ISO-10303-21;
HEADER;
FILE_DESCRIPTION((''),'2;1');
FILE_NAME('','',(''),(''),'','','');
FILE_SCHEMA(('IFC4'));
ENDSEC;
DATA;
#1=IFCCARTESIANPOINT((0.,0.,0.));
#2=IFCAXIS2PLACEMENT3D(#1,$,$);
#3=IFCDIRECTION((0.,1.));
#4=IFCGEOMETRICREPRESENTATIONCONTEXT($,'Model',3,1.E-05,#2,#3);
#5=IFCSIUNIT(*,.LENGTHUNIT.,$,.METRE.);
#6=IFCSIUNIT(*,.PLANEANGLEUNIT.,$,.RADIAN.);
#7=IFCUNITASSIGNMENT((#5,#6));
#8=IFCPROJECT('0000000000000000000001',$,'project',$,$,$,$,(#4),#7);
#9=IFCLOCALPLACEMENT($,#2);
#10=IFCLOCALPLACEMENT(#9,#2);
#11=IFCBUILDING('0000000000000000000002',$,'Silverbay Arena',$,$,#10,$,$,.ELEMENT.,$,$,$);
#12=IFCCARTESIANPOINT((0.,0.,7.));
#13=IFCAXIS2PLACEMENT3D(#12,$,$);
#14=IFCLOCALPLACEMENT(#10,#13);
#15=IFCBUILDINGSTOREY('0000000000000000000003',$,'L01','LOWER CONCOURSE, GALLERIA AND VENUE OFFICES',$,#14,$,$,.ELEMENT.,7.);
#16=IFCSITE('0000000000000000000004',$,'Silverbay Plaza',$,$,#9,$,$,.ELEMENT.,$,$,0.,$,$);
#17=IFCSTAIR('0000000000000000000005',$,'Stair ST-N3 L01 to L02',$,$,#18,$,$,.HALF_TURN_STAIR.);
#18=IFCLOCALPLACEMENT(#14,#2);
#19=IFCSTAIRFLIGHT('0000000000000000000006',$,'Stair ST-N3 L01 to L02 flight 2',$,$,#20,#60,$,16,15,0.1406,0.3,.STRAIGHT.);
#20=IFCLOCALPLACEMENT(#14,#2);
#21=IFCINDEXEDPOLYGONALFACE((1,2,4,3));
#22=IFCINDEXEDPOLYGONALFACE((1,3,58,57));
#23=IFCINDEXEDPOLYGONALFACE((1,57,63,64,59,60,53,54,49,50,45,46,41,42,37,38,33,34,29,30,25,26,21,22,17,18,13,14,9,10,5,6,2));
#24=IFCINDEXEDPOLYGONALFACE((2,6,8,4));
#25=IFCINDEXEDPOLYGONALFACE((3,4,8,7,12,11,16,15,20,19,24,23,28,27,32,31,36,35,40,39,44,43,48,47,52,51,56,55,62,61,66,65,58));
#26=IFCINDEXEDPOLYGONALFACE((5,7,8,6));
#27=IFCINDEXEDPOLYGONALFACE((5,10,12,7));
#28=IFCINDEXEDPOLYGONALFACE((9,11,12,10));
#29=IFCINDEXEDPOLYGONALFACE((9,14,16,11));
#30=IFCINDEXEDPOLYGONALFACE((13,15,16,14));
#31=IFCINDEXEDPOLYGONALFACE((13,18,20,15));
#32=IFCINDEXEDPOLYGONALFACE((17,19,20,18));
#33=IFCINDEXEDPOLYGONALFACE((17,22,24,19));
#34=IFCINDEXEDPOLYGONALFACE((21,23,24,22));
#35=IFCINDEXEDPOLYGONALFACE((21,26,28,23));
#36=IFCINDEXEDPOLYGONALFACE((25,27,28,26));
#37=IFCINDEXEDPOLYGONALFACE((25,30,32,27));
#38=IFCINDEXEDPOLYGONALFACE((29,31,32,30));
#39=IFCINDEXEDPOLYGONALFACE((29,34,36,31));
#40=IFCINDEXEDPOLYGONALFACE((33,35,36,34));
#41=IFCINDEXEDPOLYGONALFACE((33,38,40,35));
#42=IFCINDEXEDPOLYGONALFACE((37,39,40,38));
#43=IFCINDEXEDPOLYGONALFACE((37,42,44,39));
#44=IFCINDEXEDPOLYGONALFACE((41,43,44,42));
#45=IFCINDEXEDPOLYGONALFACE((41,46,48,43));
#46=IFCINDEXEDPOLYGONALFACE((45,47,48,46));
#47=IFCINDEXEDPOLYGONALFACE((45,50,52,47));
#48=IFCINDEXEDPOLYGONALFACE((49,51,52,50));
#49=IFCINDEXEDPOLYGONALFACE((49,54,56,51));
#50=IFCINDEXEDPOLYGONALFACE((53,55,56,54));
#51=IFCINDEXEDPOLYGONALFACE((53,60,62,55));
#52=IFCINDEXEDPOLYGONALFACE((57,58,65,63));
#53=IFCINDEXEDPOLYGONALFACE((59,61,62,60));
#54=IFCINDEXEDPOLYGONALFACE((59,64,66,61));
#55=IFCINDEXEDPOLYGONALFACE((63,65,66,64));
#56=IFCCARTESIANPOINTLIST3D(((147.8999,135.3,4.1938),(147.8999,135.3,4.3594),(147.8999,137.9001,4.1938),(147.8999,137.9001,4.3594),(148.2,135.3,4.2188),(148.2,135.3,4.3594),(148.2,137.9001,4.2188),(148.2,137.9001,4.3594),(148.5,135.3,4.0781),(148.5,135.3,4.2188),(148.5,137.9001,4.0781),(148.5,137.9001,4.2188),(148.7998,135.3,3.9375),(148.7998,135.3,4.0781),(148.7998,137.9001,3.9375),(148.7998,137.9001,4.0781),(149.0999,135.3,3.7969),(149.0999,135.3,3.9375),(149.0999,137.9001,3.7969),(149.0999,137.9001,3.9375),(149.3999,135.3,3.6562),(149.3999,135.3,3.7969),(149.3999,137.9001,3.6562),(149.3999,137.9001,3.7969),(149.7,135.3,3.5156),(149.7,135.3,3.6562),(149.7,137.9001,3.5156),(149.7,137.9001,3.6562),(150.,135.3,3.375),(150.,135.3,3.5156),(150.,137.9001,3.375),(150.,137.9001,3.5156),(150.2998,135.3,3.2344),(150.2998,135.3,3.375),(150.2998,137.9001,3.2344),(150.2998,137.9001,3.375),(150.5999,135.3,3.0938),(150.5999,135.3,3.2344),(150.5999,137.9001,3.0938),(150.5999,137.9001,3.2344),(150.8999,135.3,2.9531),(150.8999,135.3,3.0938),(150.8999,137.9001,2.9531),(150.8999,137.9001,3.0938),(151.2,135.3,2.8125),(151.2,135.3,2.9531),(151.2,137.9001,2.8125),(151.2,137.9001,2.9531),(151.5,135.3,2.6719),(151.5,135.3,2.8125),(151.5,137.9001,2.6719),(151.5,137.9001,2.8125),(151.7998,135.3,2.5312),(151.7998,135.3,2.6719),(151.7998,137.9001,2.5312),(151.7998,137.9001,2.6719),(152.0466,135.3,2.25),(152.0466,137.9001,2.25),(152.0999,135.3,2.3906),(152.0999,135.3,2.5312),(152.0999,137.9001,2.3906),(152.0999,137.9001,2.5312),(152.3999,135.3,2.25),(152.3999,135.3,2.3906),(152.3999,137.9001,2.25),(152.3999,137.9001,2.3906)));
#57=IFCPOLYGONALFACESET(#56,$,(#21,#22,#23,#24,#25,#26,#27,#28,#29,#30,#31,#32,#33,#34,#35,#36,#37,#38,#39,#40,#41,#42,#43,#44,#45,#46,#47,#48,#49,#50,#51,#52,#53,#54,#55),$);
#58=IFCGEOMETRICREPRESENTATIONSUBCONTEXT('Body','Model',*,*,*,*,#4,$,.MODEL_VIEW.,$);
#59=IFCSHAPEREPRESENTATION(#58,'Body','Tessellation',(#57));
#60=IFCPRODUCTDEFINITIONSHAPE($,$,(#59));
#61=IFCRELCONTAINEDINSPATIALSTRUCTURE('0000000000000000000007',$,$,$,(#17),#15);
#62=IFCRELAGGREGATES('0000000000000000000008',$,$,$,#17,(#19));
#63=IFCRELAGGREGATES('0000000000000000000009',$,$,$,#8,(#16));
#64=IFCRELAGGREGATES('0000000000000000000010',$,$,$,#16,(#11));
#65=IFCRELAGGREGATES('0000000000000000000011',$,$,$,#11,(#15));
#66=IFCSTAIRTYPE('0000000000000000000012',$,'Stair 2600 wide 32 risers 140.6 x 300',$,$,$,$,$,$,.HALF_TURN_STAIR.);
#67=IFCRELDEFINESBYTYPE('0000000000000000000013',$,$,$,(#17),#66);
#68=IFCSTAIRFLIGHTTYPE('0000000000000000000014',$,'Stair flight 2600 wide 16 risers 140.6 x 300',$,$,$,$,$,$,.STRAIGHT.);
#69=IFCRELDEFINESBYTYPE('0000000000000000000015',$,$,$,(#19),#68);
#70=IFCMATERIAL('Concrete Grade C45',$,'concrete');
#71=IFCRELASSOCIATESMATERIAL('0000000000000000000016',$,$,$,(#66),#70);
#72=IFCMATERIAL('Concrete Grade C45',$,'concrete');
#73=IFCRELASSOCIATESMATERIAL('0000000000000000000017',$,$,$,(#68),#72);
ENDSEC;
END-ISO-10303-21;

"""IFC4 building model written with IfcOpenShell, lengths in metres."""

from ifc_helpers import new_model, si_unit, direction, frame, origin, place, context, subcontext, project, spatial, polyline, outline, extrude, material, type_object, element, aggregate, save


model = new_model("IFC4")

# Units and contexts
model_context = context("Model", 3, precision=1e-05, world=origin(), true_north=direction((0.0, 1.0)))
body_context = subcontext(model_context, "Body", "Model", "MODEL_VIEW")
ifc_project = project(units=[si_unit("LENGTHUNIT", "METRE"), si_unit("PLANEANGLEUNIT", "RADIAN")], contexts=[model_context])

# Site, building, storey
site_placement = place(None, origin())
site = spatial("IfcSite", under=ifc_project, at=site_placement, Name="Silverbay Plaza", CompositionType="ELEMENT", RefElevation=0.0)
building_placement = place(site_placement, origin())
building = spatial("IfcBuilding", under=site, at=building_placement, Name="Silverbay Arena", CompositionType="ELEMENT")
storey_placement = place(building_placement, frame((0.0, 0.0, 7.0)))
storey = spatial("IfcBuildingStorey", under=building, at=storey_placement, Name="L01", Description="LOWER CONCOURSE, GALLERIA AND VENUE OFFICES", CompositionType="ELEMENT", Elevation=7.0)

# Stair, stair flight
ifc_material_1 = material(Name="Concrete Grade C45", Category="concrete")
stair_type = type_object("IfcStairType", Name="Stair 2600 wide 32 risers 140.6 x 300", PredefinedType="HALF_TURN_STAIR", material=ifc_material_1)
stair_placement = place(storey_placement, origin())
stair = element("IfcStair", 1, at=stair_placement, inside=storey, type_object=stair_type, Name="Stair ST-N3 L01 to L02", PredefinedType="HALF_TURN_STAIR")
ifc_material_2 = material(Name="Concrete Grade C45", Category="concrete")
stair_flight_type = type_object("IfcStairFlightType", Name="Stair flight 2600 wide 16 risers 140.6 x 300", PredefinedType="STRAIGHT", material=ifc_material_2)
stair_flight_1_placement = place(storey_placement, frame((152.3999, 136.6001, 2.25), z_axis=(0.0, 0.0, 1.0), x_axis=(-1.0, 0.0, 0.0)))
stair_flight_1 = element("IfcStairFlight", 2, at=stair_flight_1_placement, type_object=stair_flight_type, Name="Stair ST-N3 L01 to L02 flight 2", NumberOfRisers=16, NumberOfTreads=15, PredefinedType="STRAIGHT", RiserHeight=0.1406, TreadLength=0.3, context=body_context, shape_type="SweptSolid", body=[
    extrude(outline(polyline([(0.0, 0.0), (0.0, 0.1406), (0.3, 0.1406), (0.3, 0.2812), (0.6001, 0.2812), (0.6001, 0.4219), (0.8999, 0.4219), (0.8999, 0.5625), (1.2, 0.5625), (1.2, 0.7031), (1.5, 0.7031), (1.5, 0.8438), (1.8, 0.8438), (1.8, 0.9844), (2.1001, 0.9844), (2.1001, 1.125), (2.3999, 1.125), (2.3999, 1.2656), (2.7, 1.2656), (2.7, 1.4062), (3.0, 1.4062), (3.0, 1.5469), (3.3, 1.5469), (3.3, 1.6875), (3.6001, 1.6875), (3.6001, 1.8281), (3.8999, 1.8281), (3.8999, 1.9688), (4.2, 1.9688), (4.2, 2.1094), (4.5, 2.1094), (4.5, 1.9438), (0.3533, 0.0), (0.0, 0.0)])), frame((0.0, 1.3, 0.0), z_axis=(0.0, -1.0, 0.0), x_axis=(1.0, 0.0, 0.0)), (0.0, 0.0, 1.0), 2.6001),
])
aggregate(stair, [stair_flight_1])

save(model, "model.ifc")
